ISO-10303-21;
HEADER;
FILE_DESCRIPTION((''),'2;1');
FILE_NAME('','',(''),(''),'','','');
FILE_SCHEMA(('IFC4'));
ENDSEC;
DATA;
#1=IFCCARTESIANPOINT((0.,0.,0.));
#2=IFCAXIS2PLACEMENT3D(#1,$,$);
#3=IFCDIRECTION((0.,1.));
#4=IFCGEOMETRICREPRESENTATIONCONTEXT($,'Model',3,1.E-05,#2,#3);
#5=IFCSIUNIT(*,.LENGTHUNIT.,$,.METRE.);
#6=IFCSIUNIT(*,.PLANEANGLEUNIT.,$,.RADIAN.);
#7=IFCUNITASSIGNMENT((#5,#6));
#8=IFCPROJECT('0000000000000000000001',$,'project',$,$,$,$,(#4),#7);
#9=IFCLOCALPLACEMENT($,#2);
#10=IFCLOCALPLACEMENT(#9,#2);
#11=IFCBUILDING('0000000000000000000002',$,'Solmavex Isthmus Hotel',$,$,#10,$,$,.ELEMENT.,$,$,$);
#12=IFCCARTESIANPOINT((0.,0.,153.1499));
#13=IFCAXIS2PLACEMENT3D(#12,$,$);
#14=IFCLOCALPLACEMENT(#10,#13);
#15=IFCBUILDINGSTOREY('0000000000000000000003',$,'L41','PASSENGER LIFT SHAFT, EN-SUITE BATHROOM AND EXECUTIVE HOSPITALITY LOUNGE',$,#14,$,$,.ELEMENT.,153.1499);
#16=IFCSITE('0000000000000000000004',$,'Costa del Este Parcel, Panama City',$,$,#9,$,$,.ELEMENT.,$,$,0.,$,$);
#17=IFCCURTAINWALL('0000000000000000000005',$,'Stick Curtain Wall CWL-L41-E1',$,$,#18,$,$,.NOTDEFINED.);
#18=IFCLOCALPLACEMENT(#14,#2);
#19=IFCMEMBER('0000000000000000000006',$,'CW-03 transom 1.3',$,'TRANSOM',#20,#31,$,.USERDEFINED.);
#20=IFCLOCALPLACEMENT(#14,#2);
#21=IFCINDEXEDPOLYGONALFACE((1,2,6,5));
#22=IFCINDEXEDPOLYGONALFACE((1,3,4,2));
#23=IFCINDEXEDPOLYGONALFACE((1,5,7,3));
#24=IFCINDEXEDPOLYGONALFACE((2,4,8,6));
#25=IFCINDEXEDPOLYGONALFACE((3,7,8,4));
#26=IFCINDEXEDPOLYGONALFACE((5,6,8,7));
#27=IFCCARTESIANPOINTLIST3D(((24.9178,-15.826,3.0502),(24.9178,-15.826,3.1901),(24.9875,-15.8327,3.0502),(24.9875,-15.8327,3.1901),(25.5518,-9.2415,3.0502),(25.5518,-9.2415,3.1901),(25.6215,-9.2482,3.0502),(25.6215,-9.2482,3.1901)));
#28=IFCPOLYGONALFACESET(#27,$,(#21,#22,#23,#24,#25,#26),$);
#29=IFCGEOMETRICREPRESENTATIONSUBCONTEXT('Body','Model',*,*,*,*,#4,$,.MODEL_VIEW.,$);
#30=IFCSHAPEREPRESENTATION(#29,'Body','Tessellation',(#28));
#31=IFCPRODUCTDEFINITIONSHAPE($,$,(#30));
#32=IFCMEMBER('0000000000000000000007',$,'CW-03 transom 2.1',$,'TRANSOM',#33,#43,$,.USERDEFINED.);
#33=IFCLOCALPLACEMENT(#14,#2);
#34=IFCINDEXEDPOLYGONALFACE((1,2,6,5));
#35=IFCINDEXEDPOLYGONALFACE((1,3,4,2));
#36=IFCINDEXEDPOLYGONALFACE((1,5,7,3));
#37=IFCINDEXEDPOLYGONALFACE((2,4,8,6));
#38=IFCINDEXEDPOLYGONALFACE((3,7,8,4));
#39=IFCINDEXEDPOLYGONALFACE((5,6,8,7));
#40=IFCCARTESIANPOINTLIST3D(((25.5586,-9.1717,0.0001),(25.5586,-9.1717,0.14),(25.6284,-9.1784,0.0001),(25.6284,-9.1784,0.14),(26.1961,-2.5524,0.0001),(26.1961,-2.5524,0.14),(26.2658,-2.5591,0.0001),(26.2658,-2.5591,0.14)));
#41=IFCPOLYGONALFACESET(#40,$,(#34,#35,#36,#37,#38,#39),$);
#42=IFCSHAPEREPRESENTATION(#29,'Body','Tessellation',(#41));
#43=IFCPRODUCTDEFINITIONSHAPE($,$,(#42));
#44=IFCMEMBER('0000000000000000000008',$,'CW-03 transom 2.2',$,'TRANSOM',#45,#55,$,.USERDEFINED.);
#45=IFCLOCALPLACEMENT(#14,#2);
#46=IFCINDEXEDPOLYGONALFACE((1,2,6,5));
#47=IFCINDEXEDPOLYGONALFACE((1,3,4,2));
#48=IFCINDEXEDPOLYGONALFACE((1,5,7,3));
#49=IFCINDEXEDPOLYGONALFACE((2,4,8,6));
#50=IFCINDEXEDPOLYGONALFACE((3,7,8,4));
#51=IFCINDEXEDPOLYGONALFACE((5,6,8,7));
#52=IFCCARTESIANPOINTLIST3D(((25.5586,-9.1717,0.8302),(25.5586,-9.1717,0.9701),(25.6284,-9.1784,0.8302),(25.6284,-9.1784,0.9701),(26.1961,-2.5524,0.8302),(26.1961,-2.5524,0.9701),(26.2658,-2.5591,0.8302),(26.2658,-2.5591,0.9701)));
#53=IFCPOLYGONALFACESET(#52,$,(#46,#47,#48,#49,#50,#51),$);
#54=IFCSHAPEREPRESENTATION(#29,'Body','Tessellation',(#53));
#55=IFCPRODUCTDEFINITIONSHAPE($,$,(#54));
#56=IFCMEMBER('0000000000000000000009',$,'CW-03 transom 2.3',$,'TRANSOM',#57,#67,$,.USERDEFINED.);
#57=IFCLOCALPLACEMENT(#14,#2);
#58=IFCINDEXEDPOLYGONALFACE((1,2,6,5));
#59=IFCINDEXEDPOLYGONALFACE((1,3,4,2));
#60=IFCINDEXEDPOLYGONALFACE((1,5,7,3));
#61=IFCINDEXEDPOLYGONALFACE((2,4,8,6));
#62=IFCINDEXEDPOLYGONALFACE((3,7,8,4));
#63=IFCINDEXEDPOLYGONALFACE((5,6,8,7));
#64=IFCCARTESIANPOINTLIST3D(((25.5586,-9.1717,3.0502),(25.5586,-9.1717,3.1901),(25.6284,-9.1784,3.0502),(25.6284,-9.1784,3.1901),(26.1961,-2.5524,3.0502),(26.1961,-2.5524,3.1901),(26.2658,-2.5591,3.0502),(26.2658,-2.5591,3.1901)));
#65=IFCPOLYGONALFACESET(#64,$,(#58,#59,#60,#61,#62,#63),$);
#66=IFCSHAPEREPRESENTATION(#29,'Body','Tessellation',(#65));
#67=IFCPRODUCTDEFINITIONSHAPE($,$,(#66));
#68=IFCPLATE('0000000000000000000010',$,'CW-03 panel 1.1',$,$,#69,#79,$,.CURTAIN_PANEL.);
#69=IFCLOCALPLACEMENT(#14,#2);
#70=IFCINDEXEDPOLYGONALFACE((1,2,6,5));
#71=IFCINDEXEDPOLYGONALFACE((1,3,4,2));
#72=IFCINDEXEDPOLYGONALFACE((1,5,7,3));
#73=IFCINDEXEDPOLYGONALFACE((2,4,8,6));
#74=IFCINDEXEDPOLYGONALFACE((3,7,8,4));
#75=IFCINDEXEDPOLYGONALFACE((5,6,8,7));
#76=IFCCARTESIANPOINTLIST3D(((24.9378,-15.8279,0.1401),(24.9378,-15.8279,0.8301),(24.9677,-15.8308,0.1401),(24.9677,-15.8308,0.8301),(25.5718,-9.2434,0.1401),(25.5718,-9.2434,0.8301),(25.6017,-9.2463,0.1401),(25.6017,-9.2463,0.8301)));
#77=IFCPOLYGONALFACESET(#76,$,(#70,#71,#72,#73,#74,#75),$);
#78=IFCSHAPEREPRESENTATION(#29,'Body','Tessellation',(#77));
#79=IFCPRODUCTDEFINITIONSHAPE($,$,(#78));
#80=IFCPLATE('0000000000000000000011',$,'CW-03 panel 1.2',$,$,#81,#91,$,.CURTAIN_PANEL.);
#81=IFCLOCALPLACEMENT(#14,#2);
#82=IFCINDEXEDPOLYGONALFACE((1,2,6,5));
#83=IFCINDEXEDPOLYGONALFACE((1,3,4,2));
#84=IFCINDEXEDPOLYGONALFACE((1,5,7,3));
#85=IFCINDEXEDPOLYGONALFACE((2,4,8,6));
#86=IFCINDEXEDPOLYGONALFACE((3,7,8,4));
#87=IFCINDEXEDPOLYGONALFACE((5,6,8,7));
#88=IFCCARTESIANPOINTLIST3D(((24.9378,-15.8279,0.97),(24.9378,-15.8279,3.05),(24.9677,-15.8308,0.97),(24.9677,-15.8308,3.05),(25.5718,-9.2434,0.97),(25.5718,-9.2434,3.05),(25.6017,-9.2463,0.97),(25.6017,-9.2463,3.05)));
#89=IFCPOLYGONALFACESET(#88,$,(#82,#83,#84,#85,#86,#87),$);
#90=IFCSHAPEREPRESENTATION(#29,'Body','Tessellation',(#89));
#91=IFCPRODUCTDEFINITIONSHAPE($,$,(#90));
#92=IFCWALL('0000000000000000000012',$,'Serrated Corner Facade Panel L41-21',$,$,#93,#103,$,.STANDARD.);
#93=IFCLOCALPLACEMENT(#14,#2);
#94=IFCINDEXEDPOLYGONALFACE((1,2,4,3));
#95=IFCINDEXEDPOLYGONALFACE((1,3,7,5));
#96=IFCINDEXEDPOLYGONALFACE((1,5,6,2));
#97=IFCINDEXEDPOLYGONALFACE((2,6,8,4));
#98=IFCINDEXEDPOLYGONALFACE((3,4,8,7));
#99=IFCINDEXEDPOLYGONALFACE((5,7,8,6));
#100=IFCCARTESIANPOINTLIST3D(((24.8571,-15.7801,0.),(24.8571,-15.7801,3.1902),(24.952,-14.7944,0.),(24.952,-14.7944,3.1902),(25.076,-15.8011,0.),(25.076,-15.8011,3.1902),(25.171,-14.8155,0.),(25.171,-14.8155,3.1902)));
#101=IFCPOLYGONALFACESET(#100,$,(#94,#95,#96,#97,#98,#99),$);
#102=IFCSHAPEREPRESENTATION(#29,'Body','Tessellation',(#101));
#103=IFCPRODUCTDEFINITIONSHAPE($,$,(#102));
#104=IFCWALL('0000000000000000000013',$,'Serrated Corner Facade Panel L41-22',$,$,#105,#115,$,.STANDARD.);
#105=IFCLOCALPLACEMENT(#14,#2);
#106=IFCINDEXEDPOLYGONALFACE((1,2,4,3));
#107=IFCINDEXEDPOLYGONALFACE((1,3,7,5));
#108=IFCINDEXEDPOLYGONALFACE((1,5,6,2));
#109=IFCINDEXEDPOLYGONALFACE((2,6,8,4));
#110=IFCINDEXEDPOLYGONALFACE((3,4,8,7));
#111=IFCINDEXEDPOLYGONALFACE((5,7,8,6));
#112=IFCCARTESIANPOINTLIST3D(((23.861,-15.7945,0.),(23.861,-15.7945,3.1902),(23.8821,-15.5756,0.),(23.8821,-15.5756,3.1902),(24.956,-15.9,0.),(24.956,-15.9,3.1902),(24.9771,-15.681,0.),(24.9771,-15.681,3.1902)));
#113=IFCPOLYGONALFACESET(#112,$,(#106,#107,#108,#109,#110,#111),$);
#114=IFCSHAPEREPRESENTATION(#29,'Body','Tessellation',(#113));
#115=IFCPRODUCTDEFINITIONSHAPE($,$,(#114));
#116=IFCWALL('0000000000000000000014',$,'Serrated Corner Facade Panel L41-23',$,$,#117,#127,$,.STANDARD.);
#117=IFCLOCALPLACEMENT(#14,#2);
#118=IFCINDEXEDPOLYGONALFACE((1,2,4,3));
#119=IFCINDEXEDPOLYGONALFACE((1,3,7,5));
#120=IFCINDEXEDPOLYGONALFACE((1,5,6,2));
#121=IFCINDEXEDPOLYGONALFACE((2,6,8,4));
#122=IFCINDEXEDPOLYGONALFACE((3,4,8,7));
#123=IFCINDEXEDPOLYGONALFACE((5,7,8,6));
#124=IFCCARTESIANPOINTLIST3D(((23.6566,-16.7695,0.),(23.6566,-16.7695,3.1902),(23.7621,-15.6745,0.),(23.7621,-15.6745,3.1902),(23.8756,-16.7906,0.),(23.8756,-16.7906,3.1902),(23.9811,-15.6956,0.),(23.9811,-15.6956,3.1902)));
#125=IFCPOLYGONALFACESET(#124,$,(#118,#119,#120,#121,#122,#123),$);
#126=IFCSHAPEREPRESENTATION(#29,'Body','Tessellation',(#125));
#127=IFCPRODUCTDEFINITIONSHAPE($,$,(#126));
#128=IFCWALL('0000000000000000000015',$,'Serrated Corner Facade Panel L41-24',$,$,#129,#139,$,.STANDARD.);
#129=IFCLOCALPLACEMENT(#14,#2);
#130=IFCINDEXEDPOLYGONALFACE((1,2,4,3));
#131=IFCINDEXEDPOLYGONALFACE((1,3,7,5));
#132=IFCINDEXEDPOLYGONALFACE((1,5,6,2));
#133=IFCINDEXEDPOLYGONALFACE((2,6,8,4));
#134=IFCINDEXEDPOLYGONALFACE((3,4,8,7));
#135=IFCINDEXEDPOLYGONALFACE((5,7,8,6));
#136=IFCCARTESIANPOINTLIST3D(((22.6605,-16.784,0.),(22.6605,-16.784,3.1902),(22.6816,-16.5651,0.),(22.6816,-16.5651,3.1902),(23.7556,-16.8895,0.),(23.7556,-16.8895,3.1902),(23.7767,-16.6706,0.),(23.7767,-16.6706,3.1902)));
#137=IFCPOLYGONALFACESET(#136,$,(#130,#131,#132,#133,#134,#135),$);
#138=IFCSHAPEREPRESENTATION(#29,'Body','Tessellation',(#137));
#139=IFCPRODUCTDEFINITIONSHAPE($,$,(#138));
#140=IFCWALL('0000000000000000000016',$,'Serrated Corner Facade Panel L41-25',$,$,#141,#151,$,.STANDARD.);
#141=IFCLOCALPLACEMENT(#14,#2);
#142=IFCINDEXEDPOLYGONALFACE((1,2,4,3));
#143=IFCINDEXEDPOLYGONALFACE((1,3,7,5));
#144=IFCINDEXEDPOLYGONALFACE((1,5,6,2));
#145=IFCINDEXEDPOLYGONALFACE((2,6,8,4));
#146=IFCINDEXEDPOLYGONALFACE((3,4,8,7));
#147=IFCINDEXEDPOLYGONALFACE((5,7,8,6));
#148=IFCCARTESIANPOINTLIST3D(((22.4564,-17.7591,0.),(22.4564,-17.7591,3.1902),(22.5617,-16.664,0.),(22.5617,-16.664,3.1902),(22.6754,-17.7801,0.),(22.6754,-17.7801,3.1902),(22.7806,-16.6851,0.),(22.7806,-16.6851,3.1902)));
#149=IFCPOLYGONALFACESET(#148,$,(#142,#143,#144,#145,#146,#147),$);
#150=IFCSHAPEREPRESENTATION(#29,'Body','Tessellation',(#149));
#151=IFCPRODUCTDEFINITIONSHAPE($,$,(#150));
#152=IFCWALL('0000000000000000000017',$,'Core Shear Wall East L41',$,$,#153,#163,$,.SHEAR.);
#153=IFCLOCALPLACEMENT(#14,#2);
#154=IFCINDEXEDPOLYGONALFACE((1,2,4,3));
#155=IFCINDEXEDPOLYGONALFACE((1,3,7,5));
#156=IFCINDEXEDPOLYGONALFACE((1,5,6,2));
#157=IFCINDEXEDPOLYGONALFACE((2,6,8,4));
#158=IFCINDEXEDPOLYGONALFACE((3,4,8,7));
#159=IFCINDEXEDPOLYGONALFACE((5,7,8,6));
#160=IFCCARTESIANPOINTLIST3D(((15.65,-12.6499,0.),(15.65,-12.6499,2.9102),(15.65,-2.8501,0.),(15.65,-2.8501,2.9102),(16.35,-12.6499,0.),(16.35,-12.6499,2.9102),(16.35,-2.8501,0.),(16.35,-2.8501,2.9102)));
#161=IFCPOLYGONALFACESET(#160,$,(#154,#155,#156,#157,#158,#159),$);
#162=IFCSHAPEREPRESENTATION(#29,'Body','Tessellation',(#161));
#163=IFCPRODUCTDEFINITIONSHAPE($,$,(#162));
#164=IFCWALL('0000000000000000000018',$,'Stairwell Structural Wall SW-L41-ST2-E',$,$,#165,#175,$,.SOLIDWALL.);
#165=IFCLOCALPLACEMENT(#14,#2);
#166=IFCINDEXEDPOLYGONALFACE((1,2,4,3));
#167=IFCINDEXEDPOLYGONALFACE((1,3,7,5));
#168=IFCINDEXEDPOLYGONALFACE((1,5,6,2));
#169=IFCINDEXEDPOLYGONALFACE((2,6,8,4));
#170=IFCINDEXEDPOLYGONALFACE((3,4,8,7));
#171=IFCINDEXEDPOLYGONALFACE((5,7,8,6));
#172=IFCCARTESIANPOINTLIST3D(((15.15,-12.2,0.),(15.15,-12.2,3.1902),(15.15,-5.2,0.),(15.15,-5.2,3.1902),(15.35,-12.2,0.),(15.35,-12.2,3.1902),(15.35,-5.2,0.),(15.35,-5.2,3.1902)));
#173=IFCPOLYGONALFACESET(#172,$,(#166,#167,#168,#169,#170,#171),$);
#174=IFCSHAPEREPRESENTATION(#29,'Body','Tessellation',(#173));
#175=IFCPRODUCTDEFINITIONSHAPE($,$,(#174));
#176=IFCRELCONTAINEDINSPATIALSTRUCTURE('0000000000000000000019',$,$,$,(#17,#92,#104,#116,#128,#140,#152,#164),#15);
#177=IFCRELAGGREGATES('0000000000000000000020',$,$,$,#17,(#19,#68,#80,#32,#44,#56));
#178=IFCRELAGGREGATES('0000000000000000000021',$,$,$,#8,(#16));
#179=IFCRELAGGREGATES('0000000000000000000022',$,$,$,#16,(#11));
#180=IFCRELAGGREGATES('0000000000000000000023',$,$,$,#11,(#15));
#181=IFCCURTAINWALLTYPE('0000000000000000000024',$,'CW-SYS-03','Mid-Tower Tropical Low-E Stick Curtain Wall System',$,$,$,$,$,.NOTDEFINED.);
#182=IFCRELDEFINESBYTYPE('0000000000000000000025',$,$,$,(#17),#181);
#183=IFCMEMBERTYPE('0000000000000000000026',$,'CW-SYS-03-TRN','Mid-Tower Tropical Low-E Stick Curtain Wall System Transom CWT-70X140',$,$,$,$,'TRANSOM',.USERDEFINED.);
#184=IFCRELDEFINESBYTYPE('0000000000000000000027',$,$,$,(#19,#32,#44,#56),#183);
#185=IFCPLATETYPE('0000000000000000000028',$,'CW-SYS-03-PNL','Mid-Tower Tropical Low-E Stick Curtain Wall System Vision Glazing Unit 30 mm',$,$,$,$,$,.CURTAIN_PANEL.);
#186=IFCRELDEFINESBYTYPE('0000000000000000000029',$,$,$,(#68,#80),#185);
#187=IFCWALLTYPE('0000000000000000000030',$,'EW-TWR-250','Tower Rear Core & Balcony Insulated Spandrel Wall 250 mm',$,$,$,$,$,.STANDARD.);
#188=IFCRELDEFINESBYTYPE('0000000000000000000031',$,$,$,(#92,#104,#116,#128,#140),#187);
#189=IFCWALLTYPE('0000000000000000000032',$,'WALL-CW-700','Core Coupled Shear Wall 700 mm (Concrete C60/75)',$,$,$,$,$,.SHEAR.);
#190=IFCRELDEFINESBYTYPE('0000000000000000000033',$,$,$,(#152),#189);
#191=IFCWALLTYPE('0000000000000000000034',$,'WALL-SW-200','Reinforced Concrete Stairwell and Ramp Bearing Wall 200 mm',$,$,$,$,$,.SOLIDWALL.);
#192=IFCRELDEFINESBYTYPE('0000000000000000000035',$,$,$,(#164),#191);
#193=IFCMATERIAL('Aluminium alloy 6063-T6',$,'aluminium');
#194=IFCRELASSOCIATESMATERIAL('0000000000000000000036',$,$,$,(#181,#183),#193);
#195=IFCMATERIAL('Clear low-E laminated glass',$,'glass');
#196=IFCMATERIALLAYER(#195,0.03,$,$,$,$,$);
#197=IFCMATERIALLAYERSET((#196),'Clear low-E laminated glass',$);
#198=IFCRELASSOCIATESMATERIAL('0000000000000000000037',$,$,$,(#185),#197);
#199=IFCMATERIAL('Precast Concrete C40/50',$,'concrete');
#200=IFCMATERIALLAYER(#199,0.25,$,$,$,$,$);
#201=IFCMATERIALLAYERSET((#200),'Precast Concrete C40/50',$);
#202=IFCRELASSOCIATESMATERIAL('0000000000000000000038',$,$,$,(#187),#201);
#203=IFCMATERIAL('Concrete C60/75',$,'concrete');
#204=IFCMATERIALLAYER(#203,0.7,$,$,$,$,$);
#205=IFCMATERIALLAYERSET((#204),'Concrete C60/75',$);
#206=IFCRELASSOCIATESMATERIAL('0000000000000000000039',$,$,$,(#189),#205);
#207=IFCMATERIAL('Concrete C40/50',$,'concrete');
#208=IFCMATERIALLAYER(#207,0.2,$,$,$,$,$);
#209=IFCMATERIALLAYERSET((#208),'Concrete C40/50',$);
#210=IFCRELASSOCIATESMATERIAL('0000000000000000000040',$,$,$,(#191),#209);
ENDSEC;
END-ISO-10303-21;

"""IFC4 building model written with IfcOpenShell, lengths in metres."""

from ifc_helpers import new_model, si_unit, direction, frame, frame_2d, origin, origin_2d, place, context, subcontext, project, spatial, rectangle, extrude, material, layer, layer_set, material_profile, profile_set, type_object, element, aggregate, save


model = new_model("IFC4")

# Units and contexts
model_context = context("Model", 3, precision=1e-05, world=origin(), true_north=direction((0.0, 1.0)))
body_context = subcontext(model_context, "Body", "Model", "MODEL_VIEW")
ifc_project = project(units=[si_unit("LENGTHUNIT", "METRE"), si_unit("PLANEANGLEUNIT", "RADIAN")], contexts=[model_context])

# Site, building, storey
site_placement = place(None, origin())
site = spatial("IfcSite", under=ifc_project, at=site_placement, Name="Costa del Este Parcel, Panama City", CompositionType="ELEMENT", RefElevation=0.0)
building_placement = place(site_placement, origin())
building = spatial("IfcBuilding", under=site, at=building_placement, Name="Solmavex Isthmus Hotel", CompositionType="ELEMENT")
storey_placement = place(building_placement, frame((0.0, 0.0, 153.1499)))
storey = spatial("IfcBuildingStorey", under=building, at=storey_placement, Name="L41", Description="PASSENGER LIFT SHAFT, EN-SUITE BATHROOM AND EXECUTIVE HOSPITALITY LOUNGE", CompositionType="ELEMENT", Elevation=153.1499)

# Shared definitions
ifc_material_1 = material(Name="Concrete C60/75", Category="concrete")

# Curtain wall, members, plates
ifc_material_2 = material(Name="Aluminium alloy 6063-T6", Category="aluminium")
curtain_wall_type = type_object("IfcCurtainWallType", Name="CW-SYS-03", Description="Mid-Tower Tropical Low-E Stick Curtain Wall System", PredefinedType="NOTDEFINED", material=ifc_material_2)
curtain_wall_placement = place(storey_placement, origin())
curtain_wall = element("IfcCurtainWall", 1, at=curtain_wall_placement, inside=storey, type_object=curtain_wall_type, Name="Stick Curtain Wall CWL-L41-E1", PredefinedType="NOTDEFINED")
ifc_material_profile_1 = material_profile(ifc_material_2, rectangle(XDim=0.0701, YDim=0.1399, at=origin_2d()), Name="CWT-70X140")
ifc_profile_set_1 = profile_set([ifc_material_profile_1], Name="Aluminium alloy 6063-T6")
member_type_1 = type_object("IfcMemberType", Name="CW-SYS-03-TRN", Description="Mid-Tower Tropical Low-E Stick Curtain Wall System Transom CWT-70X140", ElementType="TRANSOM", PredefinedType="USERDEFINED", material=ifc_profile_set_1)
member_1_placement = place(storey_placement, frame((24.9526, -15.8293, 3.1201), z_axis=(0.095849, 0.995396, 0.0), x_axis=(-0.995396, 0.095849, 0.0)))
member_1 = element("IfcMember", 2, at=member_1_placement, type_object=member_type_1, Name="CW-03 transom 1.3", ObjectType="TRANSOM", PredefinedType="USERDEFINED", context=body_context, shape_type="SweptSolid", body=[
    extrude(rectangle(XDim=0.0701, YDim=0.1399, at=origin_2d()), origin(), (0.0, 0.0, 1.0), 6.615),
])
member_2_placement = place(storey_placement, frame((25.5935, -9.175, 0.0701), z_axis=(0.095857, 0.995395, 0.0), x_axis=(-0.995395, 0.095857, 0.0)))
member_2 = element("IfcMember", 3, at=member_2_placement, type_object=member_type_1, Name="CW-03 transom 2.1", ObjectType="TRANSOM", PredefinedType="USERDEFINED", context=body_context, shape_type="SweptSolid", body=[
    extrude(rectangle(XDim=0.0701, YDim=0.1399, at=origin_2d()), origin(), (0.0, 0.0, 1.0), 6.6499),
])
member_3_placement = place(storey_placement, frame((25.5935, -9.175, 0.9001), z_axis=(0.095857, 0.995395, 0.0), x_axis=(-0.995395, 0.095857, 0.0)))
member_3 = element("IfcMember", 4, at=member_3_placement, type_object=member_type_1, Name="CW-03 transom 2.2", ObjectType="TRANSOM", PredefinedType="USERDEFINED", context=body_context, shape_type="SweptSolid", body=[
    extrude(rectangle(XDim=0.0701, YDim=0.1399, at=origin_2d()), origin(), (0.0, 0.0, 1.0), 6.6499),
])
member_4_placement = place(storey_placement, frame((25.5935, -9.175, 3.1201), z_axis=(0.095857, 0.995395, 0.0), x_axis=(-0.995395, 0.095857, 0.0)))
member_4 = element("IfcMember", 5, at=member_4_placement, type_object=member_type_1, Name="CW-03 transom 2.3", ObjectType="TRANSOM", PredefinedType="USERDEFINED", context=body_context, shape_type="SweptSolid", body=[
    extrude(rectangle(XDim=0.0701, YDim=0.1399, at=origin_2d()), origin(), (0.0, 0.0, 1.0), 6.6499),
])
ifc_material_3 = material(Name="Clear low-E laminated glass", Category="glass")
ifc_layer_1 = layer(ifc_material_3, 0.03)
ifc_layer_set_1 = layer_set([ifc_layer_1], Name="Clear low-E laminated glass")
plate_type = type_object("IfcPlateType", Name="CW-SYS-03-PNL", Description="Mid-Tower Tropical Low-E Stick Curtain Wall System Vision Glazing Unit 30 mm", PredefinedType="CURTAIN_PANEL", material=ifc_layer_set_1)
plate_1_placement = place(storey_placement, frame((25.2698, -12.5371, 0.1401), z_axis=(0.0, 0.0, 1.0), x_axis=(0.095846, 0.995396, 0.0)))
plate_1 = element("IfcPlate", 6, at=plate_1_placement, type_object=plate_type, Name="CW-03 panel 1.1", PredefinedType="CURTAIN_PANEL", context=body_context, shape_type="SweptSolid", body=[
    extrude(rectangle(XDim=6.615, YDim=0.03, at=origin_2d()), origin(), (0.0, 0.0, 1.0), 0.6899),
])
plate_2_placement = place(storey_placement, frame((25.2698, -12.5371, 0.97), z_axis=(0.0, 0.0, 1.0), x_axis=(0.095846, 0.995396, 0.0)))
plate_2 = element("IfcPlate", 7, at=plate_2_placement, type_object=plate_type, Name="CW-03 panel 1.2", PredefinedType="CURTAIN_PANEL", context=body_context, shape_type="SweptSolid", body=[
    extrude(rectangle(XDim=6.615, YDim=0.03, at=origin_2d()), origin(), (0.0, 0.0, 1.0), 2.0801),
])
aggregate(curtain_wall, [member_1, plate_1, plate_2, member_2, member_3, member_4])

# Walls
ifc_material_4 = material(Name="Precast Concrete C40/50", Category="concrete")
ifc_layer_2 = layer(ifc_material_4, 0.25)
ifc_layer_set_2 = layer_set([ifc_layer_2], Name="Precast Concrete C40/50")
wall_type_1 = type_object("IfcWallType", Name="EW-TWR-250", Description="Tower Rear Core & Balcony Insulated Spandrel Wall 250 mm", PredefinedType="STANDARD", material=ifc_layer_set_2)
wall_1_placement = place(storey_placement, frame((25.0615, -14.8049, 0.0), z_axis=(0.0, 0.0, 1.0), x_axis=(-0.095914, -0.99539, 0.0)))
element("IfcWall", 8, at=wall_1_placement, inside=storey, type_object=wall_type_1, Name="Serrated Corner Facade Panel L41-21", PredefinedType="STANDARD", context=body_context, shape_type="SweptSolid", body=[
    extrude(rectangle(XDim=0.9902, YDim=0.22, at=frame_2d((0.4951, 0.0))), origin(), (0.0, 0.0, 1.0), 3.1902),
])
for number, where, z_axis, x_axis, name in (
    (9, (24.9666, -15.7905, 0.0), (0.0, 0.0, 1.0), (-0.995393, 0.095877, 0.0), "Serrated Corner Facade Panel L41-22"),
    (10, (23.8716, -15.6851, 0.0), (0.0, 0.0, 1.0), (-0.095877, -0.995393, 0.0), "Serrated Corner Facade Panel L41-23"),
    (11, (23.7661, -16.78, 0.0), (0.0, 0.0, 1.0), (-0.995393, 0.095877, 0.0), "Serrated Corner Facade Panel L41-24"),
    (12, (22.6711, -16.6746, 0.0), (0.0, 0.0, 1.0), (-0.095657, -0.995414, 0.0), "Serrated Corner Facade Panel L41-25"),
):
    element("IfcWall", number, at=place(storey_placement, frame(where, z_axis=z_axis, x_axis=x_axis)), inside=storey, type_object=wall_type_1, Name=name, PredefinedType="STANDARD", context=body_context, shape_type="SweptSolid", body=[
        extrude(rectangle(XDim=1.1001, YDim=0.22, at=frame_2d((0.55, 0.0))), origin(), (0.0, 0.0, 1.0), 3.1902),
    ])
ifc_layer_3 = layer(ifc_material_1, 0.7)
ifc_layer_set_3 = layer_set([ifc_layer_3], Name="Concrete C60/75")
wall_type_2 = type_object("IfcWallType", Name="WALL-CW-700", Description="Core Coupled Shear Wall 700 mm (Concrete C60/75)", PredefinedType="SHEAR", material=ifc_layer_set_3)
wall_2_placement = place(storey_placement, frame((16.0, -12.6499, 0.0), z_axis=(0.0, 0.0, 1.0), x_axis=(0.0, 1.0, 0.0)))
element("IfcWall", 13, at=wall_2_placement, inside=storey, type_object=wall_type_2, Name="Core Shear Wall East L41", PredefinedType="SHEAR", context=body_context, shape_type="SweptSolid", body=[
    extrude(rectangle(XDim=9.7998, YDim=0.7, at=frame_2d((4.8999, 0.0))), origin(), (0.0, 0.0, 1.0), 2.9102),
])
ifc_material_5 = material(Name="Concrete C40/50", Category="concrete")
ifc_layer_4 = layer(ifc_material_5, 0.2)
ifc_layer_set_4 = layer_set([ifc_layer_4], Name="Concrete C40/50")
wall_type_3 = type_object("IfcWallType", Name="WALL-SW-200", Description="Reinforced Concrete Stairwell and Ramp Bearing Wall 200 mm", PredefinedType="SOLIDWALL", material=ifc_layer_set_4)
wall_3_placement = place(storey_placement, frame((15.25, -12.2, 0.0), z_axis=(0.0, 0.0, 1.0), x_axis=(0.0, 1.0, 0.0)))
element("IfcWall", 14, at=wall_3_placement, inside=storey, type_object=wall_type_3, Name="Stairwell Structural Wall SW-L41-ST2-E", PredefinedType="SOLIDWALL", context=body_context, shape_type="SweptSolid", body=[
    extrude(rectangle(XDim=7.0, YDim=0.2, at=frame_2d((3.5, 0.0))), origin(), (0.0, 0.0, 1.0), 3.1902),
])

save(model, "model.ifc")
